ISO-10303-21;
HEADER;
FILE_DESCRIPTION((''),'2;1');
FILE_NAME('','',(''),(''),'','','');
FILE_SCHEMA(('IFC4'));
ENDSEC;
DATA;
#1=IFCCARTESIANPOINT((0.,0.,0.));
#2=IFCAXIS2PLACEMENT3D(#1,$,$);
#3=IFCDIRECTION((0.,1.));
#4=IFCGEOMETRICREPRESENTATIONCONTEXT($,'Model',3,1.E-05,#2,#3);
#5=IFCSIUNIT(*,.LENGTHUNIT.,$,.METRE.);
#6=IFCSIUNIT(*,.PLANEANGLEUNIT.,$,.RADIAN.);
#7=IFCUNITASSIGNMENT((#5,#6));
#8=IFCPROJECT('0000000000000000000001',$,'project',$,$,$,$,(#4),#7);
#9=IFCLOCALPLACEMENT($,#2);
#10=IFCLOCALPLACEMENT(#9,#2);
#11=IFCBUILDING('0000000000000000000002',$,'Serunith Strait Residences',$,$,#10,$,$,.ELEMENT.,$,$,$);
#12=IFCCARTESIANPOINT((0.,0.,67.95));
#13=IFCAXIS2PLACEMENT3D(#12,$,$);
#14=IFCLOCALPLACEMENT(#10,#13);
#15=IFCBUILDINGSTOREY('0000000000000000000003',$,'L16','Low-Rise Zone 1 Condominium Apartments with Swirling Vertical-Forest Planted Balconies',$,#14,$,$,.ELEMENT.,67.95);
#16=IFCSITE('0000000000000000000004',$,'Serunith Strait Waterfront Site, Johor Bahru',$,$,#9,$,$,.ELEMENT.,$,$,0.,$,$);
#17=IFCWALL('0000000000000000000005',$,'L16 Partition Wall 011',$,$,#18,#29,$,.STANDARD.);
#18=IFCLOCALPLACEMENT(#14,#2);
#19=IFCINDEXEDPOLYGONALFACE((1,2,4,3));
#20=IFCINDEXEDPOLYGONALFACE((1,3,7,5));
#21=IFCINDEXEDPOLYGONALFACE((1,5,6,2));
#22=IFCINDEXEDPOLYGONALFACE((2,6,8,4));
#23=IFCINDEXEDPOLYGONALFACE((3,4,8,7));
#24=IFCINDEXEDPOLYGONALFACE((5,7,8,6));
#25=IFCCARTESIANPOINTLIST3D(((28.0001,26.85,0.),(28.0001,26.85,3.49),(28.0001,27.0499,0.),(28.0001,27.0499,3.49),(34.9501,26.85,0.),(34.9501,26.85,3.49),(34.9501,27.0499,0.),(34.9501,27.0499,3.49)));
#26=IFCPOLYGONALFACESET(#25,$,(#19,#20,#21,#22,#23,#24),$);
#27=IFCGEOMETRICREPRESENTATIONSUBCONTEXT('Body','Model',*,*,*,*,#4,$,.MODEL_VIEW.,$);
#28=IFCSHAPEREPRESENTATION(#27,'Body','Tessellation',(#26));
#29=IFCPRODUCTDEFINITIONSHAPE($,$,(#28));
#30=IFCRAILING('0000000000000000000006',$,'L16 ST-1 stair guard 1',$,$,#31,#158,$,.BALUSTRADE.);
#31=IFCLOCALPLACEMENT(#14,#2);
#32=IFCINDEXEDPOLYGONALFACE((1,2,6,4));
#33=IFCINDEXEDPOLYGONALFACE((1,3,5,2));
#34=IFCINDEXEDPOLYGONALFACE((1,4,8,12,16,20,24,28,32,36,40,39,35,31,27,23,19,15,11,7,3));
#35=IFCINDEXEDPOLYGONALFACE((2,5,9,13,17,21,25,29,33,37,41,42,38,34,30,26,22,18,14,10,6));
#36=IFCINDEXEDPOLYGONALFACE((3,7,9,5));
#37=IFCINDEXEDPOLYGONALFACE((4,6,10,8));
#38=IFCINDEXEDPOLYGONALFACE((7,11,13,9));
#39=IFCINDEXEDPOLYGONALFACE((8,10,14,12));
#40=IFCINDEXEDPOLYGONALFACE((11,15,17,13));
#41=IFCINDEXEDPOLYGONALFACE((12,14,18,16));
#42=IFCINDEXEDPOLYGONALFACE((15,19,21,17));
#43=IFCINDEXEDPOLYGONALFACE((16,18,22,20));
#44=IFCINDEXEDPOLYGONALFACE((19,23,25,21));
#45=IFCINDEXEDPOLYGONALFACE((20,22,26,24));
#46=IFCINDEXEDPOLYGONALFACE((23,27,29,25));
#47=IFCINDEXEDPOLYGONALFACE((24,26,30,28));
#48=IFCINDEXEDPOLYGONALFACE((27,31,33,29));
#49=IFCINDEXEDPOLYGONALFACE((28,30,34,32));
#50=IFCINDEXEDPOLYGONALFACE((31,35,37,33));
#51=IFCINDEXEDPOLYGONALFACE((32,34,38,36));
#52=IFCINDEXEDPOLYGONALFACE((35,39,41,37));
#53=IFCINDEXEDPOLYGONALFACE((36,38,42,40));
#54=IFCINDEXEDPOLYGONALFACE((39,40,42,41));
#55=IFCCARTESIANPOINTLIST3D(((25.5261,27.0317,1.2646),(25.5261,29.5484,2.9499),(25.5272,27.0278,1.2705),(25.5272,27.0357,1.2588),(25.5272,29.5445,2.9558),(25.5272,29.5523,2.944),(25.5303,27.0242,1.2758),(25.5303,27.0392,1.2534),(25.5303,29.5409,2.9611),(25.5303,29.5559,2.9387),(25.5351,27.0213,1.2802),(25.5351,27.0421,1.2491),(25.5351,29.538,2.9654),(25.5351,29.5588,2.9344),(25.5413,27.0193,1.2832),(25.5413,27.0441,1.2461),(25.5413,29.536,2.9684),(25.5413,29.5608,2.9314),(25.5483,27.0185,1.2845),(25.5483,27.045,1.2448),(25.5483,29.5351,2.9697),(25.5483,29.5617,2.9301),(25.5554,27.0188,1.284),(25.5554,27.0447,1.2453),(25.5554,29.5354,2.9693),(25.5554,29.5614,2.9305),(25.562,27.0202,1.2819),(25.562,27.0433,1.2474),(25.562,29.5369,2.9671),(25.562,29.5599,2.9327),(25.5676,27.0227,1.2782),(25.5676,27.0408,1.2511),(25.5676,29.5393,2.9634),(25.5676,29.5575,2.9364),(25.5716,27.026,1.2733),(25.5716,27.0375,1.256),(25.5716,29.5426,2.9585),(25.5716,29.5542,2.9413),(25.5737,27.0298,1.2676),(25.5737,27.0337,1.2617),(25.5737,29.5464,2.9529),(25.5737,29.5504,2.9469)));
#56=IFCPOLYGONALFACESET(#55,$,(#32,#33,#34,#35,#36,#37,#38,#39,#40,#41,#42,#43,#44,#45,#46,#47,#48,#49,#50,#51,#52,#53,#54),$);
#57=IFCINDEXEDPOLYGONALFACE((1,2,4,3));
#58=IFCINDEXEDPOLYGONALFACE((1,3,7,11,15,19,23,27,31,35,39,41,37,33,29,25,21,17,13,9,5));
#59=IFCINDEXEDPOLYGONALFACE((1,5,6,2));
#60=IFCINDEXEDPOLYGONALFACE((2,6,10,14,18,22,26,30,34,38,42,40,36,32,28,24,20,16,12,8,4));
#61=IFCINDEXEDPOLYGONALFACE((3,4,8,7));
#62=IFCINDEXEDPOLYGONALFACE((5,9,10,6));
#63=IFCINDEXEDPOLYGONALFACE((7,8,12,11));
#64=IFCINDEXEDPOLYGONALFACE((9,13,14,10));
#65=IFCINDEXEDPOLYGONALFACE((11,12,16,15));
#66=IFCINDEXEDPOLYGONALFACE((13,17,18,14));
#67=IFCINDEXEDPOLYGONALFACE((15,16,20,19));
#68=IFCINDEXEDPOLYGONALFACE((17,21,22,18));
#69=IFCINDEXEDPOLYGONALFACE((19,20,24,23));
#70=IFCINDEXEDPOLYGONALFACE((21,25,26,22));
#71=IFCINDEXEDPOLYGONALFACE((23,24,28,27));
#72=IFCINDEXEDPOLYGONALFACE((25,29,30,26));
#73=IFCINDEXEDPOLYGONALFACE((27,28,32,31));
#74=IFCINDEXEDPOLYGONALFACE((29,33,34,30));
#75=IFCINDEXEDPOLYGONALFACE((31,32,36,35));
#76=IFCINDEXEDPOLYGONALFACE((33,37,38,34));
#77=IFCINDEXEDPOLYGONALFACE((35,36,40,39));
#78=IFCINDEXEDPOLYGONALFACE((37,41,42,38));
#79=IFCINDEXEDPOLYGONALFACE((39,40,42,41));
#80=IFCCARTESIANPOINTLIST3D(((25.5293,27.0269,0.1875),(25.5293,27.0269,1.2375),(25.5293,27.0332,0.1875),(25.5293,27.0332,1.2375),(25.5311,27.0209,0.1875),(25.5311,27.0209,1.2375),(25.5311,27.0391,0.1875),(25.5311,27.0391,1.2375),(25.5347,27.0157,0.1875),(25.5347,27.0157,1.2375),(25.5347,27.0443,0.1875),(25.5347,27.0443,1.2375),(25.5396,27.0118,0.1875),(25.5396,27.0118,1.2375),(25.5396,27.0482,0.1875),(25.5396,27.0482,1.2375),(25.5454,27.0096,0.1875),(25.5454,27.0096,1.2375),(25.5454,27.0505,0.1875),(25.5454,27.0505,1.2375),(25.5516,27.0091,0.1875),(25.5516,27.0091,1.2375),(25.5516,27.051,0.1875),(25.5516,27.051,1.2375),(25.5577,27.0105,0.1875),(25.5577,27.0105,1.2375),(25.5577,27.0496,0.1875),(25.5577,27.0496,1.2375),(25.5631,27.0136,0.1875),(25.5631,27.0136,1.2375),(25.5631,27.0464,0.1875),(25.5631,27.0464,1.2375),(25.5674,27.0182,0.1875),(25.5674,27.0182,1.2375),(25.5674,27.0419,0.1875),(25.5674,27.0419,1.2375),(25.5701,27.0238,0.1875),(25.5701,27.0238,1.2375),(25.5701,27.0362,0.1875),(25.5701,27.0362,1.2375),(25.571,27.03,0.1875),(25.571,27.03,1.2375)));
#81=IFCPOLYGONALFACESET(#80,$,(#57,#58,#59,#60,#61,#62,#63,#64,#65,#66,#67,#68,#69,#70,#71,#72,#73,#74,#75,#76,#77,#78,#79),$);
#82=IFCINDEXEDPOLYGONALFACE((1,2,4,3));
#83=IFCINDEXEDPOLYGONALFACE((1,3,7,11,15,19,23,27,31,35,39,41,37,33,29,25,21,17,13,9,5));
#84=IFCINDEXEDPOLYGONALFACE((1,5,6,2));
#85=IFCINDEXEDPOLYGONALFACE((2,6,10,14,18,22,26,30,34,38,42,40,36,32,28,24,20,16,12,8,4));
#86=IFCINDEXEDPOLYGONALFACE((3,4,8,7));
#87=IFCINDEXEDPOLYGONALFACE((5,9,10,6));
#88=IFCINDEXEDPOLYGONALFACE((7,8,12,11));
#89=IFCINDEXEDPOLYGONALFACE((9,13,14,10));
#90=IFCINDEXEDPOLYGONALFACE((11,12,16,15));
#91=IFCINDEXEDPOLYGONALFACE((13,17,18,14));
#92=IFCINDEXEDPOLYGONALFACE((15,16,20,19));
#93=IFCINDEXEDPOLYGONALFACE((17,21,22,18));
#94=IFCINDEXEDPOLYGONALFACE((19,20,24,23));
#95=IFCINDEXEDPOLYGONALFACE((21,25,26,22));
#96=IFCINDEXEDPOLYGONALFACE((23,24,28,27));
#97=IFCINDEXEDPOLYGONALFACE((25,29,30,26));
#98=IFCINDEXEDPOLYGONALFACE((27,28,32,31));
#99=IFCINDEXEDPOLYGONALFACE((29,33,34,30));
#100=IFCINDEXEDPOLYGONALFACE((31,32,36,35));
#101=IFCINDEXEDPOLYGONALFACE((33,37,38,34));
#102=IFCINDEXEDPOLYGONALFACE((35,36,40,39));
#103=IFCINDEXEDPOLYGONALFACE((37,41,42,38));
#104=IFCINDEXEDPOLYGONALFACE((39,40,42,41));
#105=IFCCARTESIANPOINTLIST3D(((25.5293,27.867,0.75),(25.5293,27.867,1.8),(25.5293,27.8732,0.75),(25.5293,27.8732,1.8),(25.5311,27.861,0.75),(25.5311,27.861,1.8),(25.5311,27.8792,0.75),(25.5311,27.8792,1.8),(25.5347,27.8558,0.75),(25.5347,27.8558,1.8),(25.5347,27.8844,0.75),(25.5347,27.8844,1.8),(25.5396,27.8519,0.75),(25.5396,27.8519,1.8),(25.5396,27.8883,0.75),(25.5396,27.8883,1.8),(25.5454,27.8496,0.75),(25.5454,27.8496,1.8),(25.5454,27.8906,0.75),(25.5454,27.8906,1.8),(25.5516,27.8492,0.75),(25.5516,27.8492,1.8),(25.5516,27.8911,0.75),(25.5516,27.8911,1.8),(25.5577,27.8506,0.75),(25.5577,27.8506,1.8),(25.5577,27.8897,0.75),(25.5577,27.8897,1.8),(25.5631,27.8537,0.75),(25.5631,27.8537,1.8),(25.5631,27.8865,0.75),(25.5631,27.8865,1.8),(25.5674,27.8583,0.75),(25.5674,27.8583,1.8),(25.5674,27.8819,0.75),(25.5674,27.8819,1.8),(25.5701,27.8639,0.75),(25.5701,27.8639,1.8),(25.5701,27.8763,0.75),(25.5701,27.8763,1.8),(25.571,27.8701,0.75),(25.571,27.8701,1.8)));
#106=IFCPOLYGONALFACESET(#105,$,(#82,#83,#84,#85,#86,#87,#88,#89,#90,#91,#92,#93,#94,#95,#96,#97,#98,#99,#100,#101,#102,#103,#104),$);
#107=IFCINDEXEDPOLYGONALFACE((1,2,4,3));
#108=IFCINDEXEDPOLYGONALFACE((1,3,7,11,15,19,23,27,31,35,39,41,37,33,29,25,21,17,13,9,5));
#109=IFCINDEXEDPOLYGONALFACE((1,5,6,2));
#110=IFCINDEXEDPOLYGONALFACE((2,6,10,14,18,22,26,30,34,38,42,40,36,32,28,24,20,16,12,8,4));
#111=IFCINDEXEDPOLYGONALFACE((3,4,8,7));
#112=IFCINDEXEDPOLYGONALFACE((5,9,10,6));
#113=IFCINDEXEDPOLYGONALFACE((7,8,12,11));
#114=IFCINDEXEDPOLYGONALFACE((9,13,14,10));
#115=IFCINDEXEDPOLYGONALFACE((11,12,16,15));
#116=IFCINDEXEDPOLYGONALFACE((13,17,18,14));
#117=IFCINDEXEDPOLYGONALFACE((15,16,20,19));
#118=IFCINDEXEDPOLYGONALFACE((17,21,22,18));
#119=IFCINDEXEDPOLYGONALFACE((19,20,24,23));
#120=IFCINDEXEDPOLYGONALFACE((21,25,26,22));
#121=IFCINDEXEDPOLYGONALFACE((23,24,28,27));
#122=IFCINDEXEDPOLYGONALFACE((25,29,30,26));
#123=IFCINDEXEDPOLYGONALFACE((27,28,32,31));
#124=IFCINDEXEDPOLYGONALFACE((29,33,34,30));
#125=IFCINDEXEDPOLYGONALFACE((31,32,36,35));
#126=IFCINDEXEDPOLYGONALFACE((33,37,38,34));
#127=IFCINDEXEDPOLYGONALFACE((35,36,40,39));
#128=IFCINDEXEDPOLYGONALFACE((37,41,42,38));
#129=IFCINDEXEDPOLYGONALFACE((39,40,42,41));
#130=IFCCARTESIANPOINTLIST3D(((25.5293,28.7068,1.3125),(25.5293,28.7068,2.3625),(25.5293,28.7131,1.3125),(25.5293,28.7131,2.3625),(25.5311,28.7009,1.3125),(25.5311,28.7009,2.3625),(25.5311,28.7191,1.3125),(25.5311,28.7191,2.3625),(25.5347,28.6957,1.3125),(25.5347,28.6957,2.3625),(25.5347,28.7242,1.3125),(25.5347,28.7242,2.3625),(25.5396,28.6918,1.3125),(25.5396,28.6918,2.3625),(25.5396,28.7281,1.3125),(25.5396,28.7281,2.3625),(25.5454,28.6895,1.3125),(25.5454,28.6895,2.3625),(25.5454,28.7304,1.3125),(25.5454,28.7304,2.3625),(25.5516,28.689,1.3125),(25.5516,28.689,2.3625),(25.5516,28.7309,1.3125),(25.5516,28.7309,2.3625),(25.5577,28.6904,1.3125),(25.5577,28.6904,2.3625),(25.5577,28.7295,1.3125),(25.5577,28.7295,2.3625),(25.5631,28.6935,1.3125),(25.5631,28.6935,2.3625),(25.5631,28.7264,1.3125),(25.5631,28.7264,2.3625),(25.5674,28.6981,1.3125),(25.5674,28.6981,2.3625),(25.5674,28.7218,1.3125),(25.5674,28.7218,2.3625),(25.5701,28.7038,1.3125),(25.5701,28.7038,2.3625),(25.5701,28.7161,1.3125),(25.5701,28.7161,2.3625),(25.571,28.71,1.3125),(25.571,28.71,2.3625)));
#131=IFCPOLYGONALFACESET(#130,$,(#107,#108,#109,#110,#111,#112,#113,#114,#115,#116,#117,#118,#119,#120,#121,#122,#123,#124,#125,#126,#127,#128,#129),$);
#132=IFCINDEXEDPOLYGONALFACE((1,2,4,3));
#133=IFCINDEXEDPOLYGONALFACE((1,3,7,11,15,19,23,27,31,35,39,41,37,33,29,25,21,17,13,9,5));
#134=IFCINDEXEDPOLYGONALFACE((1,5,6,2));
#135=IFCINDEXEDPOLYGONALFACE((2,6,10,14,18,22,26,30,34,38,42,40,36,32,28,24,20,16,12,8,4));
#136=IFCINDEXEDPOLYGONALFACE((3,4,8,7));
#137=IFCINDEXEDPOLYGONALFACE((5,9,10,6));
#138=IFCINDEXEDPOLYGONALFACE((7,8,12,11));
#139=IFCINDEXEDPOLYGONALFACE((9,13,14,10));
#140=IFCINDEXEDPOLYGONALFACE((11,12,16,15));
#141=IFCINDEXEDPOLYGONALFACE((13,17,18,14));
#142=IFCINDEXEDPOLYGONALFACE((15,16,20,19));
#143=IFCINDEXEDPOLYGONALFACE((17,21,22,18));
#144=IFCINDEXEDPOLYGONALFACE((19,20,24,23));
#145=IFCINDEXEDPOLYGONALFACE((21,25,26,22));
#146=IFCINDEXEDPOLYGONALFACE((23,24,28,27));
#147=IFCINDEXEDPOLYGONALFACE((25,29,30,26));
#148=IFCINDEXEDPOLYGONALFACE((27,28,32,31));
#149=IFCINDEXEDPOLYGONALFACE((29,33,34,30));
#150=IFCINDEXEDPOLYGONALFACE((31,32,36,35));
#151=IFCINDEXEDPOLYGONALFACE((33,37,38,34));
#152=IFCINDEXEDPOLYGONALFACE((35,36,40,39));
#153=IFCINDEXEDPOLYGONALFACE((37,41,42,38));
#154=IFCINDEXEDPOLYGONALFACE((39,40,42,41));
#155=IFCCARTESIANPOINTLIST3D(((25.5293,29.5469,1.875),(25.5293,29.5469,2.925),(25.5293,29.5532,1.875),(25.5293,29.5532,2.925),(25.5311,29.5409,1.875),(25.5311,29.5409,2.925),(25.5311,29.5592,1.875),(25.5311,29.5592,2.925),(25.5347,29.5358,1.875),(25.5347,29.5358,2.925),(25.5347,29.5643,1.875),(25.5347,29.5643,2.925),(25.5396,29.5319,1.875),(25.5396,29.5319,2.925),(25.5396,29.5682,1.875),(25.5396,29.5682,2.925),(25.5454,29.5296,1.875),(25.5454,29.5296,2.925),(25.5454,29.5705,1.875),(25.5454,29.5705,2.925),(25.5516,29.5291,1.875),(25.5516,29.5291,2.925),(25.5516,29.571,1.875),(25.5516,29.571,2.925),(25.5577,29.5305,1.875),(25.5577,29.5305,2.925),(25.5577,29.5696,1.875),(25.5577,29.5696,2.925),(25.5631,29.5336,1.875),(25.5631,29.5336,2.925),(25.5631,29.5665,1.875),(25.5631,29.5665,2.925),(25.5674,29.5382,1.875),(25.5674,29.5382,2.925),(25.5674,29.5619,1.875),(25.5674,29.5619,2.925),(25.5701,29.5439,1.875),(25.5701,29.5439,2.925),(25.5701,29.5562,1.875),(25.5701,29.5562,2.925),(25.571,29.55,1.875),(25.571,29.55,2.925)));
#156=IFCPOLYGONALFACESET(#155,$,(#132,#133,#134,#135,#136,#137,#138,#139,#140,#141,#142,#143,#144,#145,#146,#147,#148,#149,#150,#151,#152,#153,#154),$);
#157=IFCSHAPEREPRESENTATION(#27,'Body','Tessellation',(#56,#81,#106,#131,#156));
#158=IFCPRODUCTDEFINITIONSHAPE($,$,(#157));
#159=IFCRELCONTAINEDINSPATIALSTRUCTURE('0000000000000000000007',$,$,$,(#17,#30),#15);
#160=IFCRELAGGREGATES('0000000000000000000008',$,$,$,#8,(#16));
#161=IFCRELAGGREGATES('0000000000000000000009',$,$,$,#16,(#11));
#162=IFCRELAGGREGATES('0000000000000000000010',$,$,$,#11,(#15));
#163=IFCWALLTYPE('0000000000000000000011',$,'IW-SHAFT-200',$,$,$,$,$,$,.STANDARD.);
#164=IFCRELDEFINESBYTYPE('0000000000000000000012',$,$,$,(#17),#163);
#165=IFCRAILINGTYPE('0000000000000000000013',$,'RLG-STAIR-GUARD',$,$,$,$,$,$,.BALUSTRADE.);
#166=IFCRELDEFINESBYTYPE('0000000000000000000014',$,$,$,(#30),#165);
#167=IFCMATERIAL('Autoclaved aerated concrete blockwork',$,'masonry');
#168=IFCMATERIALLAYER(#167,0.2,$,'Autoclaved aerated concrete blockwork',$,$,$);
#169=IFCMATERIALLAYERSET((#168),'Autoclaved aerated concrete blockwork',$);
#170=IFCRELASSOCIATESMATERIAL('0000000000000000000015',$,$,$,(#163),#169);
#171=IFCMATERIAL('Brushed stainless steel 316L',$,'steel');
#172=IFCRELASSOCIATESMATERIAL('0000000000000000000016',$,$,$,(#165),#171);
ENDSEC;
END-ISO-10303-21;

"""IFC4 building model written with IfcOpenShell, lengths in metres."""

from ifc_helpers import new_model, si_unit, direction, frame, frame_2d, origin, origin_2d, place, context, subcontext, project, spatial, rectangle, circle, extrude, material, layer, layer_set, type_object, element, save


model = new_model("IFC4")

# Units and contexts
model_context = context("Model", 3, precision=1e-05, world=origin(), true_north=direction((0.0, 1.0)))
body_context = subcontext(model_context, "Body", "Model", "MODEL_VIEW")
ifc_project = project(units=[si_unit("LENGTHUNIT", "METRE"), si_unit("PLANEANGLEUNIT", "RADIAN")], contexts=[model_context])

# Site, building, storey
site_placement = place(None, origin())
site = spatial("IfcSite", under=ifc_project, at=site_placement, Name="Serunith Strait Waterfront Site, Johor Bahru", CompositionType="ELEMENT", RefElevation=0.0)
building_placement = place(site_placement, origin())
building = spatial("IfcBuilding", under=site, at=building_placement, Name="Serunith Strait Residences", CompositionType="ELEMENT")
storey_placement = place(building_placement, frame((0.0, 0.0, 67.95)))
storey = spatial("IfcBuildingStorey", under=building, at=storey_placement, Name="L16", Description="Low-Rise Zone 1 Condominium Apartments with Swirling Vertical-Forest Planted Balconies", CompositionType="ELEMENT", Elevation=67.95)

# Wall
ifc_material_1 = material(Name="Autoclaved aerated concrete blockwork", Category="masonry")
ifc_layer = layer(ifc_material_1, 0.2, Name="Autoclaved aerated concrete blockwork")
ifc_layer_set = layer_set([ifc_layer], Name="Autoclaved aerated concrete blockwork")
wall_type = type_object("IfcWallType", Name="IW-SHAFT-200", PredefinedType="STANDARD", material=ifc_layer_set)
wall_1_placement = place(storey_placement, frame((28.0, 26.95, 0.0), z_axis=(0.0, 0.0, 1.0), x_axis=(1.0, 0.0, 0.0)))
element("IfcWall", 1, at=wall_1_placement, inside=storey, type_object=wall_type, Name="L16 Partition Wall 011", PredefinedType="STANDARD", context=body_context, shape_type="SweptSolid", body=[
    extrude(rectangle(XDim=6.95, YDim=0.2, at=frame_2d((3.4751, 0.0))), origin(), (0.0, 0.0, 1.0), 3.49),
])

# Railing
ifc_material_2 = material(Name="Brushed stainless steel 316L", Category="steel")
railing_type_1 = type_object("IfcRailingType", Name="RLG-STAIR-GUARD", PredefinedType="BALUSTRADE", material=ifc_material_2)
railing_1_placement = place(storey_placement, frame((25.55, 27.03, 0.1875)))
element("IfcRailing", 2, at=railing_1_placement, inside=storey, type_object=railing_type_1, Name="L16 ST-1 stair guard 1", PredefinedType="BALUSTRADE", context=body_context, shape_type="SweptSolid", body=[
    extrude(circle(Radius=0.0239, at=origin_2d()), frame((0.0, 0.0017, 1.0771), z_axis=(0.0, 0.830909, 0.556408), x_axis=(-1.0, 0.0, 0.0)), (0.0, 0.0, 1.0), 3.0288),
    extrude(circle(Radius=0.021, at=origin_2d()), origin(), (0.0, 0.0, 1.0), 1.05),
    extrude(circle(Radius=0.021, at=origin_2d()), frame((0.0, 0.8401, 0.5625)), (0.0, 0.0, 1.0), 1.05),
    extrude(circle(Radius=0.021, at=origin_2d()), frame((0.0, 1.6799, 1.125)), (0.0, 0.0, 1.0), 1.05),
    extrude(circle(Radius=0.021, at=origin_2d()), frame((0.0, 2.52, 1.6875)), (0.0, 0.0, 1.0), 1.05),
])

save(model, "model.ifc")
